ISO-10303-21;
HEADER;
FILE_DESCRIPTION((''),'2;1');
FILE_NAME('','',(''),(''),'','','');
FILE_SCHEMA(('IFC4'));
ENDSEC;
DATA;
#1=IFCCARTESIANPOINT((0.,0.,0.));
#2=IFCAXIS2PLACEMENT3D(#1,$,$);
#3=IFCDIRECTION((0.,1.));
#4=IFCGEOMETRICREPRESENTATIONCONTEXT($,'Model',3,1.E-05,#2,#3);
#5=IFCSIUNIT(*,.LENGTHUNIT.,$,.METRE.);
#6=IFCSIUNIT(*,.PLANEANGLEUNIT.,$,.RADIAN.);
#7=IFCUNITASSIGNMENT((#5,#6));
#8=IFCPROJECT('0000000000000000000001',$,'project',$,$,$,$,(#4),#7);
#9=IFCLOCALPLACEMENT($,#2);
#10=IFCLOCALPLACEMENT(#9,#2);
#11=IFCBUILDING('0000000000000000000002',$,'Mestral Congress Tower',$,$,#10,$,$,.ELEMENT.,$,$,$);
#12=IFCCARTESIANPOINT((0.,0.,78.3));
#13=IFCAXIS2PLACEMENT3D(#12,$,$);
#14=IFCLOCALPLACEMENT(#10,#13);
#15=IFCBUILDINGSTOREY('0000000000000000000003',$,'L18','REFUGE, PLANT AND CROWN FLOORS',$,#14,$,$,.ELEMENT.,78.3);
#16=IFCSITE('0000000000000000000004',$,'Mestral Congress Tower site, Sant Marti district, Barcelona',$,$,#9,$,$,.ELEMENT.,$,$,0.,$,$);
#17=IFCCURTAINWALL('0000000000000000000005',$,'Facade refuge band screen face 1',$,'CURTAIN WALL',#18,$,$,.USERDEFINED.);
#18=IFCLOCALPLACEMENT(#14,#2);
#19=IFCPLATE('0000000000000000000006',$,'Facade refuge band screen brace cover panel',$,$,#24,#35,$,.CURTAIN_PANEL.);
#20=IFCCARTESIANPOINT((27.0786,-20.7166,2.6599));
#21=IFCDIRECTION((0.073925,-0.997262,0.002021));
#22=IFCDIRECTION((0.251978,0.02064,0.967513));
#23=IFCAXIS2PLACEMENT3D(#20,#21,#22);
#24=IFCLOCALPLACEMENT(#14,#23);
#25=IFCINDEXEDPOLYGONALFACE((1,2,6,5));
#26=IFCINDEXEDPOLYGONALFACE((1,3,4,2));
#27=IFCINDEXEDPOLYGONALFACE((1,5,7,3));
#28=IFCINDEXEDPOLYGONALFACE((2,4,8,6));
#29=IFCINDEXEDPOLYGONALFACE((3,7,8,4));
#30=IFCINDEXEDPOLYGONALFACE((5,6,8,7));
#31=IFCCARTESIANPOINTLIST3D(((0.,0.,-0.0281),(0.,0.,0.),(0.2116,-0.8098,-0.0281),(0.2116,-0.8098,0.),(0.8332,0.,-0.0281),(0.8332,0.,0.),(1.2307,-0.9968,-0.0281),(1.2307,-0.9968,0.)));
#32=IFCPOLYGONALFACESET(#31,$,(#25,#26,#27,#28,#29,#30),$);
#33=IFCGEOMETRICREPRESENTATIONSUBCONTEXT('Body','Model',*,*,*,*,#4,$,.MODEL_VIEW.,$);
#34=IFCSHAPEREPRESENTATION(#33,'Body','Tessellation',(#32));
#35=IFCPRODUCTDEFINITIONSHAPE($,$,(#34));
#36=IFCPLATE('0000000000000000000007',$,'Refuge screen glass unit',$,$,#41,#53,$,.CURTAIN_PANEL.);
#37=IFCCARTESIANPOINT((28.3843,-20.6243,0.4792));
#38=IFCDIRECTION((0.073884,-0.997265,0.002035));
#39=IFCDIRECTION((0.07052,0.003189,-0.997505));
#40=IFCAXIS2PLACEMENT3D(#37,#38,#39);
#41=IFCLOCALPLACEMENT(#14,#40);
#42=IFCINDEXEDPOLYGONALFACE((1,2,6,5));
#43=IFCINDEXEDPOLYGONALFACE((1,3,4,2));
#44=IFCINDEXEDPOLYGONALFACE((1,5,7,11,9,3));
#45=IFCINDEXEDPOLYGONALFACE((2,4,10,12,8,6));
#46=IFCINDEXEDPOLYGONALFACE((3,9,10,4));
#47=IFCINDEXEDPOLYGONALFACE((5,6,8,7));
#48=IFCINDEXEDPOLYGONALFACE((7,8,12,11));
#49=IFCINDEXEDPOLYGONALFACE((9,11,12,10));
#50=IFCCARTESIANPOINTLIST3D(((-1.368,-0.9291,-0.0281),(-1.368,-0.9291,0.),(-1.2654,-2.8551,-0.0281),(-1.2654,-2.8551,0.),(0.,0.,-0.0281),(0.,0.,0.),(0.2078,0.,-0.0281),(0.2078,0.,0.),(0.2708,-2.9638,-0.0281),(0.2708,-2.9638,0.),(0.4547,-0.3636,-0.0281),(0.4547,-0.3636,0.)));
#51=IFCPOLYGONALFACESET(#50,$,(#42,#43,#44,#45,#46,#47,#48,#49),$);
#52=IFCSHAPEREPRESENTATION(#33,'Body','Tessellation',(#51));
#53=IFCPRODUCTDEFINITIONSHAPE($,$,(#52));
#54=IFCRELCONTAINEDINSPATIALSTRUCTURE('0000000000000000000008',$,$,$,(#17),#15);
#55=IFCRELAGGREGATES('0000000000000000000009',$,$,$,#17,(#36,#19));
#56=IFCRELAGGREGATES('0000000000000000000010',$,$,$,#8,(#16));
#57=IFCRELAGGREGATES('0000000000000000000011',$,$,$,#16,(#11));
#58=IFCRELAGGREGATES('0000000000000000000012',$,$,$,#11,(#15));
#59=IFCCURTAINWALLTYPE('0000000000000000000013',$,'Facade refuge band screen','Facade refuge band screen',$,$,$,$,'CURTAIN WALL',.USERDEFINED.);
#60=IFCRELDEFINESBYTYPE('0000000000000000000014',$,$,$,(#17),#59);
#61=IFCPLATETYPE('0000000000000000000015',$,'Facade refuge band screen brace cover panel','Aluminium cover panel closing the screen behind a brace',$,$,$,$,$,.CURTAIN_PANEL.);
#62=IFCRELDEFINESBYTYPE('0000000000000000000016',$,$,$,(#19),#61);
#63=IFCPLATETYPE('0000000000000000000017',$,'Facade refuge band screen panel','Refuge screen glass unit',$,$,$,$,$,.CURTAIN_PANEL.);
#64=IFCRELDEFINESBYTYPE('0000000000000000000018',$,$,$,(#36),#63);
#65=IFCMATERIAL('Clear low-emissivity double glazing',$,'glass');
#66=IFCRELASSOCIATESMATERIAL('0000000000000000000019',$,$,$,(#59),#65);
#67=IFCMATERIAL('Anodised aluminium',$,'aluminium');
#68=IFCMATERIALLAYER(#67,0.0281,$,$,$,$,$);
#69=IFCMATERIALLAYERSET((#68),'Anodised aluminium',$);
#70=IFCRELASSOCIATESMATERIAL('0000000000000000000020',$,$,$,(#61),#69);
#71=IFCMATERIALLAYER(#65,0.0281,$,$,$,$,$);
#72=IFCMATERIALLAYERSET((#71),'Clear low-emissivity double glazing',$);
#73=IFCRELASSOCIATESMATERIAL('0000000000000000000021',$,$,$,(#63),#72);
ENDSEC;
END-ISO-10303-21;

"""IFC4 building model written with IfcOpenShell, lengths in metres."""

from ifc_helpers import new_model, si_unit, direction, frame, origin, place, context, subcontext, project, spatial, polyline, outline, extrude, material, layer, layer_set, type_object, element, aggregate, save


model = new_model("IFC4")

# Units and contexts
model_context = context("Model", 3, precision=1e-05, world=origin(), true_north=direction((0.0, 1.0)))
body_context = subcontext(model_context, "Body", "Model", "MODEL_VIEW")
ifc_project = project(units=[si_unit("LENGTHUNIT", "METRE"), si_unit("PLANEANGLEUNIT", "RADIAN")], contexts=[model_context])

# Site, building, storey
site_placement = place(None, origin())
site = spatial("IfcSite", under=ifc_project, at=site_placement, Name="Mestral Congress Tower site, Sant Marti district, Barcelona", CompositionType="ELEMENT", RefElevation=0.0)
building_placement = place(site_placement, origin())
building = spatial("IfcBuilding", under=site, at=building_placement, Name="Mestral Congress Tower", CompositionType="ELEMENT")
storey_placement = place(building_placement, frame((0.0, 0.0, 78.3)))
storey = spatial("IfcBuildingStorey", under=building, at=storey_placement, Name="L18", Description="REFUGE, PLANT AND CROWN FLOORS", CompositionType="ELEMENT", Elevation=78.3)

# Shared definitions
ifc_material_1 = material(Name="Clear low-emissivity double glazing", Category="glass")
curtain_wall_type = type_object("IfcCurtainWallType", Name="Facade refuge band screen", Description="Facade refuge band screen", ElementType="CURTAIN WALL", PredefinedType="USERDEFINED", material=ifc_material_1)
placement = place(storey_placement, origin())
ifc_material_2 = material(Name="Anodised aluminium", Category="aluminium")

# Curtain wall, plate
curtain_wall_1 = element("IfcCurtainWall", 1, at=placement, inside=storey, type_object=curtain_wall_type, Name="Facade refuge band screen face 1", ObjectType="CURTAIN WALL", PredefinedType="USERDEFINED")
ifc_layer_1 = layer(ifc_material_2, 0.0281)
ifc_layer_set_1 = layer_set([ifc_layer_1], Name="Anodised aluminium")
plate_type_1 = type_object("IfcPlateType", Name="Facade refuge band screen brace cover panel", Description="Aluminium cover panel closing the screen behind a brace", PredefinedType="CURTAIN_PANEL", material=ifc_layer_set_1)
plate_1_placement = place(storey_placement, frame((27.0786, -20.7166, 2.6599), z_axis=(0.073925, -0.997262, 0.002021), x_axis=(0.251978, 0.02064, 0.967513)))
plate_1 = element("IfcPlate", 2, at=plate_1_placement, type_object=plate_type_1, Name="Facade refuge band screen brace cover panel", PredefinedType="CURTAIN_PANEL", context=body_context, shape_type="SweptSolid", body=[
    extrude(outline(polyline([(0.0, 0.0), (0.8332, 0.0), (1.2307, -0.9968), (0.2116, -0.8098), (0.0, 0.0)])), origin(), (0.0, 0.0, -1.0), 0.0281),
])

# Plate
ifc_layer_2 = layer(ifc_material_1, 0.0281)
ifc_layer_set_2 = layer_set([ifc_layer_2], Name="Clear low-emissivity double glazing")
plate_type_2 = type_object("IfcPlateType", Name="Facade refuge band screen panel", Description="Refuge screen glass unit", PredefinedType="CURTAIN_PANEL", material=ifc_layer_set_2)
plate_2_placement = place(storey_placement, frame((28.3843, -20.6243, 0.4792), z_axis=(0.073884, -0.997265, 0.002035), x_axis=(0.07052, 0.003189, -0.997505)))
plate_2 = element("IfcPlate", 3, at=plate_2_placement, type_object=plate_type_2, Name="Refuge screen glass unit", PredefinedType="CURTAIN_PANEL", context=body_context, shape_type="SweptSolid", body=[
    extrude(outline(polyline([(0.0, 0.0), (0.2078, 0.0), (0.4547, -0.3636), (0.2708, -2.9638), (-1.2654, -2.8551), (-1.368, -0.9291), (0.0, 0.0)])), origin(), (0.0, 0.0, -1.0), 0.0281),
])

aggregate(curtain_wall_1, [plate_2, plate_1])

save(model, "model.ifc")
